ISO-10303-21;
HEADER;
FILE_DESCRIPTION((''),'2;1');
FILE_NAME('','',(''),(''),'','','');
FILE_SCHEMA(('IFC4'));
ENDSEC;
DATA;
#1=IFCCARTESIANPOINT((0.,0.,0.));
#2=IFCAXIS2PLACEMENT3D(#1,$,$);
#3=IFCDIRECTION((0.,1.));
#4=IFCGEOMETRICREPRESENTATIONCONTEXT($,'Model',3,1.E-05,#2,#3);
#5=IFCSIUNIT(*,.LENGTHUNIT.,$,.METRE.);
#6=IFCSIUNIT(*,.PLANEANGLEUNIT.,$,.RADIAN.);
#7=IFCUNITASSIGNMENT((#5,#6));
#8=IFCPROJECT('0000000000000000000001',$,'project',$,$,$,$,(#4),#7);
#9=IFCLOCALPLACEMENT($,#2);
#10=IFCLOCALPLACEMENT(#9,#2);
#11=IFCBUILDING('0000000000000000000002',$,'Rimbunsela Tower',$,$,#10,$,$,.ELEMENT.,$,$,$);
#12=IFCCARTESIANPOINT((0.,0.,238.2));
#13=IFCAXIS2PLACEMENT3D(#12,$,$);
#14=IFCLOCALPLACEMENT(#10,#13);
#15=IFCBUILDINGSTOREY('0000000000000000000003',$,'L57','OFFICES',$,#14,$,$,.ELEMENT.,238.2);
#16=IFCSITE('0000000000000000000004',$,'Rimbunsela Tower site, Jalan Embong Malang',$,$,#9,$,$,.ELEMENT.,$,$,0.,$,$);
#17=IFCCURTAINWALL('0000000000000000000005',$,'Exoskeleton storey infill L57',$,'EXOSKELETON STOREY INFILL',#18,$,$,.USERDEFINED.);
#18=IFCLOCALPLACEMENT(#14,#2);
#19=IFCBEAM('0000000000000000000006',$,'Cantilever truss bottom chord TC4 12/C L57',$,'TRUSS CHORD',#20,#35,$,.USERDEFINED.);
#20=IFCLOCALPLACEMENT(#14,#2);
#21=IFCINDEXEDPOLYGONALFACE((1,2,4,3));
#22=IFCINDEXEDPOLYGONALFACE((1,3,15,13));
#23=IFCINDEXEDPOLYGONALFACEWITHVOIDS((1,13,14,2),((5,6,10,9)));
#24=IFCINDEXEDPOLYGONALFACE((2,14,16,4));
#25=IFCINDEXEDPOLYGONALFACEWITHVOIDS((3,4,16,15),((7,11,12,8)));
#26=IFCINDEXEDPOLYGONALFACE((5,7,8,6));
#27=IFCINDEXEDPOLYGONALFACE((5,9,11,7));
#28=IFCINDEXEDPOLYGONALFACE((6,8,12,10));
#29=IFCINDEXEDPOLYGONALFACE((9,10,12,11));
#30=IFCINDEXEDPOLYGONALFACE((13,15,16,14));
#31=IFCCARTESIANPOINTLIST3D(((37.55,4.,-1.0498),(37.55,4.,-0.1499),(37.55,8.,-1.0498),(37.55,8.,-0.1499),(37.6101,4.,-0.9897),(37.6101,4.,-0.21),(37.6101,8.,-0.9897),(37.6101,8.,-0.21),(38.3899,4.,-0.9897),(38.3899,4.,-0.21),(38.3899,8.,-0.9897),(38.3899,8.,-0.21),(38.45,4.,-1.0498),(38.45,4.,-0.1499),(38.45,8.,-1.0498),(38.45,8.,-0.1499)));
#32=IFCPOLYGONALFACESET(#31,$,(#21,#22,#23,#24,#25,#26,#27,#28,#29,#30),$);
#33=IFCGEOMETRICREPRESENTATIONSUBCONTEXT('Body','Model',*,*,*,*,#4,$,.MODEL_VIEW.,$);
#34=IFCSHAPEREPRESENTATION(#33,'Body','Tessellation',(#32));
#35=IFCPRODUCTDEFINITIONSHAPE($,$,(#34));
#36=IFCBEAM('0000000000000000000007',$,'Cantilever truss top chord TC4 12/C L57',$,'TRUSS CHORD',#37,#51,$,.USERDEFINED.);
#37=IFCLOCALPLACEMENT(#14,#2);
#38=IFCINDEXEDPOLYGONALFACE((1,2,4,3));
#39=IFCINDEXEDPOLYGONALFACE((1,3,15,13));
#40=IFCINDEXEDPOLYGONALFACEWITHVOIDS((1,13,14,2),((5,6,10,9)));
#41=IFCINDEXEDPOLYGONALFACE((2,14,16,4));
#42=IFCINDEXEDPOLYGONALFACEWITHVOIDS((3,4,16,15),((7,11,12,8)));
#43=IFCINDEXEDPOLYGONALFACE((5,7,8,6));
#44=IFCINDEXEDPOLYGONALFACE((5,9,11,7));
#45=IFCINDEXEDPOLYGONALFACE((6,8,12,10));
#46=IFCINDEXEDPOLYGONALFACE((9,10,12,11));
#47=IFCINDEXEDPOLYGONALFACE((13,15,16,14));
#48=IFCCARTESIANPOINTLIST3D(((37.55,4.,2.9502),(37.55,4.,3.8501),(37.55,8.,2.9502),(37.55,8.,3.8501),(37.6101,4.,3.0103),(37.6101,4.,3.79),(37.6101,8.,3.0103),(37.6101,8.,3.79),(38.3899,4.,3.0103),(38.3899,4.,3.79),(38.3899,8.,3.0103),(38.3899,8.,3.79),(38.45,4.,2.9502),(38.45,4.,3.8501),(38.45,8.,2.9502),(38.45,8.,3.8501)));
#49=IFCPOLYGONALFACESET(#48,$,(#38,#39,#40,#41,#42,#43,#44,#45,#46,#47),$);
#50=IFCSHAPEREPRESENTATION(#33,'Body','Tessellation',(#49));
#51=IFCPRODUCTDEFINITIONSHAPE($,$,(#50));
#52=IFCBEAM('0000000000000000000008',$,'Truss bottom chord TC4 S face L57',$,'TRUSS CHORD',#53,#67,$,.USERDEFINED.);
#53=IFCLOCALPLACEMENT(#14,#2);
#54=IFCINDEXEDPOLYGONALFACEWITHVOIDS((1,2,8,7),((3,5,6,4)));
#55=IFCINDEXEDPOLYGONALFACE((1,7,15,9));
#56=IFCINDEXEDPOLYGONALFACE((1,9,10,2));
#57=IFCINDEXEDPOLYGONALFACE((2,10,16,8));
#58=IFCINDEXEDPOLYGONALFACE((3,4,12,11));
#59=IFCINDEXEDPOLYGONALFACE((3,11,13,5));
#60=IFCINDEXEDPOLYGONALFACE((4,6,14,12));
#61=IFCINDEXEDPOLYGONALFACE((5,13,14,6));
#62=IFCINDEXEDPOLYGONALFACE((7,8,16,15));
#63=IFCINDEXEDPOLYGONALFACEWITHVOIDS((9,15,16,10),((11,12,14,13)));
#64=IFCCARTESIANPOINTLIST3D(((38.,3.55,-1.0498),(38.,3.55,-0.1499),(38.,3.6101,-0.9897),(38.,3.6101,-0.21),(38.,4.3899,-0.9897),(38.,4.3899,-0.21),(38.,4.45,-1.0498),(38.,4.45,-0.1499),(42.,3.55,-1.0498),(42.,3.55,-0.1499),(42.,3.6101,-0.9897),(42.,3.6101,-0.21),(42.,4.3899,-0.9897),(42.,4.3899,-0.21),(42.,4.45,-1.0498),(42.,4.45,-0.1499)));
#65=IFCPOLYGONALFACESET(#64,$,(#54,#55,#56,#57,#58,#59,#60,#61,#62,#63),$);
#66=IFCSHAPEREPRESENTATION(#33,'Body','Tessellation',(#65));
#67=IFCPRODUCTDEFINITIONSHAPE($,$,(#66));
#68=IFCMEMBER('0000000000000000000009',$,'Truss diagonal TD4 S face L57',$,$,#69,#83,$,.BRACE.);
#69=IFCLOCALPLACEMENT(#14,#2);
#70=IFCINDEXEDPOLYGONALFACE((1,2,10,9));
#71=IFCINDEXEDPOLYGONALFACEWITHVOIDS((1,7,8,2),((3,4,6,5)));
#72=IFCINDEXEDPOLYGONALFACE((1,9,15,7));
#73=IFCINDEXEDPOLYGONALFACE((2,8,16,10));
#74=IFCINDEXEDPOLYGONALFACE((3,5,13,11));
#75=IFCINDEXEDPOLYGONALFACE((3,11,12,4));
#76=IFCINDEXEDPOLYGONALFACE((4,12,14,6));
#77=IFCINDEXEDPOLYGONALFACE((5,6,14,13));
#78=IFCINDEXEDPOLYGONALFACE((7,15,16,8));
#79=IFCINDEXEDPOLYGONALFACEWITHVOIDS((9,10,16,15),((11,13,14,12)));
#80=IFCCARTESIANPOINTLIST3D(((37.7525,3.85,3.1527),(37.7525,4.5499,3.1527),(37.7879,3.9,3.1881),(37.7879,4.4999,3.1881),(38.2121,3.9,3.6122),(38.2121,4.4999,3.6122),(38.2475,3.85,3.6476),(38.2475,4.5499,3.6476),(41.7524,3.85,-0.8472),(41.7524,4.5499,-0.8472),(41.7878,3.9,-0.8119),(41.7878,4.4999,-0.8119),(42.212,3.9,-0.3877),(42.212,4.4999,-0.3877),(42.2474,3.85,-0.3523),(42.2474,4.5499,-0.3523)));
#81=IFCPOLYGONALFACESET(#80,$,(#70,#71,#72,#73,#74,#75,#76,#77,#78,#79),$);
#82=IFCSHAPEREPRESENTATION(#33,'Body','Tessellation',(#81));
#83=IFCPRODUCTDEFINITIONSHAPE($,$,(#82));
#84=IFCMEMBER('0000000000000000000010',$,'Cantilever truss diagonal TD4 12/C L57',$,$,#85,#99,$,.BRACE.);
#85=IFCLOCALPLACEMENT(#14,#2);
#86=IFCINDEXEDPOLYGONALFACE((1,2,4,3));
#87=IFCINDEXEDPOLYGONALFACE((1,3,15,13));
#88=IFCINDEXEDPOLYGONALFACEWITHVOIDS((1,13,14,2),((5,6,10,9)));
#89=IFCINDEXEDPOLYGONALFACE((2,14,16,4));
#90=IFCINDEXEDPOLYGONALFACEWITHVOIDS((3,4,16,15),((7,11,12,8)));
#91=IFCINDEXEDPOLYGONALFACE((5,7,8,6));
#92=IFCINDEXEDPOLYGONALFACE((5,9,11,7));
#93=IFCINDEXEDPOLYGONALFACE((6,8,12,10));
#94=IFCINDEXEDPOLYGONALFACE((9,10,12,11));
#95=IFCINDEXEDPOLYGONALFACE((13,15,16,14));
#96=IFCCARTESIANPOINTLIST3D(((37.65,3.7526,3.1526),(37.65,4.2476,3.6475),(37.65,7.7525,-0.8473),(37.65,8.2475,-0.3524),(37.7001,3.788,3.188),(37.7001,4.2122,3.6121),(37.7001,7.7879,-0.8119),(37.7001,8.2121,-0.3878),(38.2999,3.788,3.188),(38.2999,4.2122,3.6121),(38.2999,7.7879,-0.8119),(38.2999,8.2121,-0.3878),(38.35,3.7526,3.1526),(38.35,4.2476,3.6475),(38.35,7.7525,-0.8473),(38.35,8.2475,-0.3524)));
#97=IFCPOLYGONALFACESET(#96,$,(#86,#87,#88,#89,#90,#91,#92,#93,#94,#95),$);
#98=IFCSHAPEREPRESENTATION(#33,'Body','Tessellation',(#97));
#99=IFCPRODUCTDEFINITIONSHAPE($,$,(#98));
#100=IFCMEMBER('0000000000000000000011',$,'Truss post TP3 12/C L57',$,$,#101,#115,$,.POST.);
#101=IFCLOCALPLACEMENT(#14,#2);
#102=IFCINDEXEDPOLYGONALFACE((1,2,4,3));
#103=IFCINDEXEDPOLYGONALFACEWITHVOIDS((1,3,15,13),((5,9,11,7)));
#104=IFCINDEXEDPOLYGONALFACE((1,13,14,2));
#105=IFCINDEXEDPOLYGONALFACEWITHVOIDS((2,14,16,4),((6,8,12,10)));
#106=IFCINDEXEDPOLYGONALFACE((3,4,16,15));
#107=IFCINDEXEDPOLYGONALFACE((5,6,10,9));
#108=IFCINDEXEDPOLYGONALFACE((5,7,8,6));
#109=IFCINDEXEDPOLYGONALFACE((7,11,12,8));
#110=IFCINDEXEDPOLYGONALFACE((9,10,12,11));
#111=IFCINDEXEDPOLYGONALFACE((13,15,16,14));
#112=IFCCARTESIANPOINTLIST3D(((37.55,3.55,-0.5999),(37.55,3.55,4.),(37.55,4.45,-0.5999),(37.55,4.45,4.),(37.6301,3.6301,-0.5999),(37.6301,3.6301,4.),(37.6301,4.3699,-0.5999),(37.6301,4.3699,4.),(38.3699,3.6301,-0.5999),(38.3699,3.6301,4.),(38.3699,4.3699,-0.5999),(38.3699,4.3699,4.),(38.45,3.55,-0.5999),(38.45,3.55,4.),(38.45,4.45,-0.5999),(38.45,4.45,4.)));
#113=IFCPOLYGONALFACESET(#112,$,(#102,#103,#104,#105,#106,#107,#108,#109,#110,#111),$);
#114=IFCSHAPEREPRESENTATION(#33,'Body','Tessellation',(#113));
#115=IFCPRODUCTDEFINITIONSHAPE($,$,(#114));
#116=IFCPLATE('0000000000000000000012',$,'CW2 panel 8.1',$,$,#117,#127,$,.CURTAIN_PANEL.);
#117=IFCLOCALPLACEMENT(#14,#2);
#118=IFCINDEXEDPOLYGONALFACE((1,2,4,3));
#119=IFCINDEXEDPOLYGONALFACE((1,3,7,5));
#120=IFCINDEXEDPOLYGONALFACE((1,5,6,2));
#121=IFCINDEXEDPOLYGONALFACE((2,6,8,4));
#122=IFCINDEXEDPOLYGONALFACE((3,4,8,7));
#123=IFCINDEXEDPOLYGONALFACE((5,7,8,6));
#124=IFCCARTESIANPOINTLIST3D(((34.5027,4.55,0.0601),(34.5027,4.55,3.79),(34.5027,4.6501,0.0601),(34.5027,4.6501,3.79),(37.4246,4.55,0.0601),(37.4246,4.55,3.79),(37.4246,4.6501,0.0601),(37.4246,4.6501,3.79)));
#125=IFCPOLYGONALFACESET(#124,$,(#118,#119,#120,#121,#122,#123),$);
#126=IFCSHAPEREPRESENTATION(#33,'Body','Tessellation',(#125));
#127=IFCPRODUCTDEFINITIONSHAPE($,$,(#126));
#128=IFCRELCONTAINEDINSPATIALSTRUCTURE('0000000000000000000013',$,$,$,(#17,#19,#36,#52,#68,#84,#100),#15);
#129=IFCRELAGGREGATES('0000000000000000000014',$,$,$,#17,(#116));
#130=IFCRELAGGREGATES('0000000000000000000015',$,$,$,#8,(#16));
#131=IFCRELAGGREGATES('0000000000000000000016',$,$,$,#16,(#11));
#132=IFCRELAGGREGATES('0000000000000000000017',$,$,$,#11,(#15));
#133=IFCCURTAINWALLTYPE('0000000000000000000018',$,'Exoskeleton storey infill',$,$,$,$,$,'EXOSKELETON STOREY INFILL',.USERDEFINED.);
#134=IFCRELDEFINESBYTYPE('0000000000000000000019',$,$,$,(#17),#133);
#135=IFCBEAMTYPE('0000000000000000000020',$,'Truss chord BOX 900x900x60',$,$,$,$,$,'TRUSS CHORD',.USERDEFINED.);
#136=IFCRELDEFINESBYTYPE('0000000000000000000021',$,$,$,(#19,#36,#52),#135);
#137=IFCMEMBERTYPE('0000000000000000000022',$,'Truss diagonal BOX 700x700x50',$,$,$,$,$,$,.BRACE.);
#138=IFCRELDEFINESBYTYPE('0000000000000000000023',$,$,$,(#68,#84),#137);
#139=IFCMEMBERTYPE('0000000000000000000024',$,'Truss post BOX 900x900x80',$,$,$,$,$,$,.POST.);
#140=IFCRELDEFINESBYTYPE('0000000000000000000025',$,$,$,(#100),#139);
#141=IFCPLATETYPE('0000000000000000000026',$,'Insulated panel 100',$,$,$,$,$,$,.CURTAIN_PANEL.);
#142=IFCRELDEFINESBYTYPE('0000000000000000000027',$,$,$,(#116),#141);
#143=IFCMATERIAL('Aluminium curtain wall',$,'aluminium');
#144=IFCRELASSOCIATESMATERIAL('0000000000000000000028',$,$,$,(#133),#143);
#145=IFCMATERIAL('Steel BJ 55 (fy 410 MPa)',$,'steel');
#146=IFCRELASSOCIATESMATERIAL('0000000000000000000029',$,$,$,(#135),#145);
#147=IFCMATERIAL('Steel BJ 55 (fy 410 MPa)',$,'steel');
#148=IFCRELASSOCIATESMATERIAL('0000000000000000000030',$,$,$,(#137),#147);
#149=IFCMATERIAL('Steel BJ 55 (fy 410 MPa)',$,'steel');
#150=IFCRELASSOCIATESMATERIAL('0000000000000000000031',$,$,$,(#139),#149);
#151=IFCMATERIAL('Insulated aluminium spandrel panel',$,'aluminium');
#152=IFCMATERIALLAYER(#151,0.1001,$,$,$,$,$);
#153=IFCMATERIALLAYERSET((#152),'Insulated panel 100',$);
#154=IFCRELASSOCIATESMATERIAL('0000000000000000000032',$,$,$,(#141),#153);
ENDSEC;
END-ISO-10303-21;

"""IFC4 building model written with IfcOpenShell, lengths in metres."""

from ifc_helpers import new_model, si_unit, direction, frame, origin, origin_2d, place, context, subcontext, project, spatial, rectangle, hollow_rectangle, extrude, material, layer, layer_set, material_profile, profile_set, type_object, element, aggregate, save


model = new_model("IFC4")

# Units and contexts
model_context = context("Model", 3, precision=1e-05, world=origin(), true_north=direction((0.0, 1.0)))
body_context = subcontext(model_context, "Body", "Model", "MODEL_VIEW")
ifc_project = project(units=[si_unit("LENGTHUNIT", "METRE"), si_unit("PLANEANGLEUNIT", "RADIAN")], contexts=[model_context])

# Site, building, storey
site_placement = place(None, origin())
site = spatial("IfcSite", under=ifc_project, at=site_placement, Name="Rimbunsela Tower site, Jalan Embong Malang", CompositionType="ELEMENT", RefElevation=0.0)
building_placement = place(site_placement, origin())
building = spatial("IfcBuilding", under=site, at=building_placement, Name="Rimbunsela Tower", CompositionType="ELEMENT")
storey_placement = place(building_placement, frame((0.0, 0.0, 238.2)))
storey = spatial("IfcBuildingStorey", under=building, at=storey_placement, Name="L57", Description="OFFICES", CompositionType="ELEMENT", Elevation=238.2)

# Curtain wall
ifc_material_1 = material(Name="Aluminium curtain wall", Category="aluminium")
curtain_wall_type = type_object("IfcCurtainWallType", Name="Exoskeleton storey infill", ElementType="EXOSKELETON STOREY INFILL", PredefinedType="USERDEFINED", material=ifc_material_1)
curtain_wall_placement = place(storey_placement, origin())
curtain_wall = element("IfcCurtainWall", 1, at=curtain_wall_placement, inside=storey, type_object=curtain_wall_type, Name="Exoskeleton storey infill L57", ObjectType="EXOSKELETON STOREY INFILL", PredefinedType="USERDEFINED")

# Beams
ifc_material_2 = material(Name="Steel BJ 55 (fy 410 MPa)", Category="steel")
ifc_material_profile_1 = material_profile(ifc_material_2, hollow_rectangle(XDim=0.8999, YDim=0.8999, WallThickness=0.0601, at=origin_2d()), Name="BOX 900x900x60")
ifc_profile_set_1 = profile_set([ifc_material_profile_1], Name="Steel BJ 55 (fy 410 MPa)")
beam_type_1 = type_object("IfcBeamType", Name="Truss chord BOX 900x900x60", ElementType="TRUSS CHORD", PredefinedType="USERDEFINED", material=ifc_profile_set_1)
for number, where, z_axis, x_axis, name in (
    (2, (38.0, 8.0, -0.5999), (0.0, -1.0, 0.0), (1.0, 0.0, 0.0), "Cantilever truss bottom chord TC4 12/C L57"),
    (3, (38.0, 8.0, 3.4001), (0.0, -1.0, 0.0), (1.0, 0.0, 0.0), "Cantilever truss top chord TC4 12/C L57"),
    (4, (38.0, 4.0, -0.5999), (1.0, 0.0, 0.0), (0.0, 1.0, 0.0), "Truss bottom chord TC4 S face L57"),
):
    element("IfcBeam", number, at=place(storey_placement, frame(where, z_axis=z_axis, x_axis=x_axis)), inside=storey, type_object=beam_type_1, Name=name, ObjectType="TRUSS CHORD", PredefinedType="USERDEFINED", context=body_context, shape_type="SweptSolid", body=[
        extrude(hollow_rectangle(XDim=0.8999, YDim=0.8999, WallThickness=0.0601, at=origin_2d()), origin(), (0.0, 0.0, 1.0), 4.0),
    ])

# Members
ifc_material_3 = material(Name="Steel BJ 55 (fy 410 MPa)", Category="steel")
ifc_material_profile_2 = material_profile(ifc_material_3, hollow_rectangle(XDim=0.7, YDim=0.7, WallThickness=0.05, at=origin_2d()), Name="BOX 700x700x50")
ifc_profile_set_2 = profile_set([ifc_material_profile_2], Name="Steel BJ 55 (fy 410 MPa)")
member_type_1 = type_object("IfcMemberType", Name="Truss diagonal BOX 700x700x50", PredefinedType="BRACE", material=ifc_profile_set_2)
for number, where, z_axis, x_axis, name in (
    (5, (38.0, 4.2, 3.4001), (0.707107, 0.0, -0.707107), (0.0, 1.0, 0.0), "Truss diagonal TD4 S face L57"),
    (6, (38.0, 8.0, -0.5999), (0.0, -0.707107, 0.707107), (1.0, 0.0, 0.0), "Cantilever truss diagonal TD4 12/C L57"),
):
    element("IfcMember", number, at=place(storey_placement, frame(where, z_axis=z_axis, x_axis=x_axis)), inside=storey, type_object=member_type_1, Name=name, PredefinedType="BRACE", context=body_context, shape_type="SweptSolid", body=[
        extrude(hollow_rectangle(XDim=0.7, YDim=0.7, WallThickness=0.05, at=origin_2d()), origin(), (0.0, 0.0, 1.0), 5.6567),
    ])
ifc_material_4 = material(Name="Steel BJ 55 (fy 410 MPa)", Category="steel")
ifc_material_profile_3 = material_profile(ifc_material_4, hollow_rectangle(XDim=0.8999, YDim=0.8999, WallThickness=0.0801, at=origin_2d()), Name="BOX 900x900x80")
ifc_profile_set_3 = profile_set([ifc_material_profile_3], Name="Steel BJ 55 (fy 410 MPa)")
member_type_2 = type_object("IfcMemberType", Name="Truss post BOX 900x900x80", PredefinedType="POST", material=ifc_profile_set_3)
member_1_placement = place(storey_placement, frame((38.0, 4.0, -0.5999), z_axis=(0.0, 0.0, 1.0), x_axis=(1.0, 0.0, 0.0)))
element("IfcMember", 7, at=member_1_placement, inside=storey, type_object=member_type_2, Name="Truss post TP3 12/C L57", PredefinedType="POST", context=body_context, shape_type="SweptSolid", body=[
    extrude(hollow_rectangle(XDim=0.8999, YDim=0.8999, WallThickness=0.0801, at=origin_2d()), origin(), (0.0, 0.0, 1.0), 4.5999),
])

# Plate
ifc_material_5 = material(Name="Insulated aluminium spandrel panel", Category="aluminium")
ifc_layer = layer(ifc_material_5, 0.1001)
ifc_layer_set = layer_set([ifc_layer], Name="Insulated panel 100")
plate_type = type_object("IfcPlateType", Name="Insulated panel 100", PredefinedType="CURTAIN_PANEL", material=ifc_layer_set)
plate_placement = place(storey_placement, frame((35.9636, 4.6001, 0.0601), z_axis=(0.0, 0.0, 1.0), x_axis=(1.0, 0.0, 0.0)))
plate = element("IfcPlate", 8, at=plate_placement, type_object=plate_type, Name="CW2 panel 8.1", PredefinedType="CURTAIN_PANEL", context=body_context, shape_type="SweptSolid", body=[
    extrude(rectangle(XDim=2.9219, YDim=0.1001, at=origin_2d()), origin(), (0.0, 0.0, 1.0), 3.73),
])
aggregate(curtain_wall, [plate])

save(model, "model.ifc")
